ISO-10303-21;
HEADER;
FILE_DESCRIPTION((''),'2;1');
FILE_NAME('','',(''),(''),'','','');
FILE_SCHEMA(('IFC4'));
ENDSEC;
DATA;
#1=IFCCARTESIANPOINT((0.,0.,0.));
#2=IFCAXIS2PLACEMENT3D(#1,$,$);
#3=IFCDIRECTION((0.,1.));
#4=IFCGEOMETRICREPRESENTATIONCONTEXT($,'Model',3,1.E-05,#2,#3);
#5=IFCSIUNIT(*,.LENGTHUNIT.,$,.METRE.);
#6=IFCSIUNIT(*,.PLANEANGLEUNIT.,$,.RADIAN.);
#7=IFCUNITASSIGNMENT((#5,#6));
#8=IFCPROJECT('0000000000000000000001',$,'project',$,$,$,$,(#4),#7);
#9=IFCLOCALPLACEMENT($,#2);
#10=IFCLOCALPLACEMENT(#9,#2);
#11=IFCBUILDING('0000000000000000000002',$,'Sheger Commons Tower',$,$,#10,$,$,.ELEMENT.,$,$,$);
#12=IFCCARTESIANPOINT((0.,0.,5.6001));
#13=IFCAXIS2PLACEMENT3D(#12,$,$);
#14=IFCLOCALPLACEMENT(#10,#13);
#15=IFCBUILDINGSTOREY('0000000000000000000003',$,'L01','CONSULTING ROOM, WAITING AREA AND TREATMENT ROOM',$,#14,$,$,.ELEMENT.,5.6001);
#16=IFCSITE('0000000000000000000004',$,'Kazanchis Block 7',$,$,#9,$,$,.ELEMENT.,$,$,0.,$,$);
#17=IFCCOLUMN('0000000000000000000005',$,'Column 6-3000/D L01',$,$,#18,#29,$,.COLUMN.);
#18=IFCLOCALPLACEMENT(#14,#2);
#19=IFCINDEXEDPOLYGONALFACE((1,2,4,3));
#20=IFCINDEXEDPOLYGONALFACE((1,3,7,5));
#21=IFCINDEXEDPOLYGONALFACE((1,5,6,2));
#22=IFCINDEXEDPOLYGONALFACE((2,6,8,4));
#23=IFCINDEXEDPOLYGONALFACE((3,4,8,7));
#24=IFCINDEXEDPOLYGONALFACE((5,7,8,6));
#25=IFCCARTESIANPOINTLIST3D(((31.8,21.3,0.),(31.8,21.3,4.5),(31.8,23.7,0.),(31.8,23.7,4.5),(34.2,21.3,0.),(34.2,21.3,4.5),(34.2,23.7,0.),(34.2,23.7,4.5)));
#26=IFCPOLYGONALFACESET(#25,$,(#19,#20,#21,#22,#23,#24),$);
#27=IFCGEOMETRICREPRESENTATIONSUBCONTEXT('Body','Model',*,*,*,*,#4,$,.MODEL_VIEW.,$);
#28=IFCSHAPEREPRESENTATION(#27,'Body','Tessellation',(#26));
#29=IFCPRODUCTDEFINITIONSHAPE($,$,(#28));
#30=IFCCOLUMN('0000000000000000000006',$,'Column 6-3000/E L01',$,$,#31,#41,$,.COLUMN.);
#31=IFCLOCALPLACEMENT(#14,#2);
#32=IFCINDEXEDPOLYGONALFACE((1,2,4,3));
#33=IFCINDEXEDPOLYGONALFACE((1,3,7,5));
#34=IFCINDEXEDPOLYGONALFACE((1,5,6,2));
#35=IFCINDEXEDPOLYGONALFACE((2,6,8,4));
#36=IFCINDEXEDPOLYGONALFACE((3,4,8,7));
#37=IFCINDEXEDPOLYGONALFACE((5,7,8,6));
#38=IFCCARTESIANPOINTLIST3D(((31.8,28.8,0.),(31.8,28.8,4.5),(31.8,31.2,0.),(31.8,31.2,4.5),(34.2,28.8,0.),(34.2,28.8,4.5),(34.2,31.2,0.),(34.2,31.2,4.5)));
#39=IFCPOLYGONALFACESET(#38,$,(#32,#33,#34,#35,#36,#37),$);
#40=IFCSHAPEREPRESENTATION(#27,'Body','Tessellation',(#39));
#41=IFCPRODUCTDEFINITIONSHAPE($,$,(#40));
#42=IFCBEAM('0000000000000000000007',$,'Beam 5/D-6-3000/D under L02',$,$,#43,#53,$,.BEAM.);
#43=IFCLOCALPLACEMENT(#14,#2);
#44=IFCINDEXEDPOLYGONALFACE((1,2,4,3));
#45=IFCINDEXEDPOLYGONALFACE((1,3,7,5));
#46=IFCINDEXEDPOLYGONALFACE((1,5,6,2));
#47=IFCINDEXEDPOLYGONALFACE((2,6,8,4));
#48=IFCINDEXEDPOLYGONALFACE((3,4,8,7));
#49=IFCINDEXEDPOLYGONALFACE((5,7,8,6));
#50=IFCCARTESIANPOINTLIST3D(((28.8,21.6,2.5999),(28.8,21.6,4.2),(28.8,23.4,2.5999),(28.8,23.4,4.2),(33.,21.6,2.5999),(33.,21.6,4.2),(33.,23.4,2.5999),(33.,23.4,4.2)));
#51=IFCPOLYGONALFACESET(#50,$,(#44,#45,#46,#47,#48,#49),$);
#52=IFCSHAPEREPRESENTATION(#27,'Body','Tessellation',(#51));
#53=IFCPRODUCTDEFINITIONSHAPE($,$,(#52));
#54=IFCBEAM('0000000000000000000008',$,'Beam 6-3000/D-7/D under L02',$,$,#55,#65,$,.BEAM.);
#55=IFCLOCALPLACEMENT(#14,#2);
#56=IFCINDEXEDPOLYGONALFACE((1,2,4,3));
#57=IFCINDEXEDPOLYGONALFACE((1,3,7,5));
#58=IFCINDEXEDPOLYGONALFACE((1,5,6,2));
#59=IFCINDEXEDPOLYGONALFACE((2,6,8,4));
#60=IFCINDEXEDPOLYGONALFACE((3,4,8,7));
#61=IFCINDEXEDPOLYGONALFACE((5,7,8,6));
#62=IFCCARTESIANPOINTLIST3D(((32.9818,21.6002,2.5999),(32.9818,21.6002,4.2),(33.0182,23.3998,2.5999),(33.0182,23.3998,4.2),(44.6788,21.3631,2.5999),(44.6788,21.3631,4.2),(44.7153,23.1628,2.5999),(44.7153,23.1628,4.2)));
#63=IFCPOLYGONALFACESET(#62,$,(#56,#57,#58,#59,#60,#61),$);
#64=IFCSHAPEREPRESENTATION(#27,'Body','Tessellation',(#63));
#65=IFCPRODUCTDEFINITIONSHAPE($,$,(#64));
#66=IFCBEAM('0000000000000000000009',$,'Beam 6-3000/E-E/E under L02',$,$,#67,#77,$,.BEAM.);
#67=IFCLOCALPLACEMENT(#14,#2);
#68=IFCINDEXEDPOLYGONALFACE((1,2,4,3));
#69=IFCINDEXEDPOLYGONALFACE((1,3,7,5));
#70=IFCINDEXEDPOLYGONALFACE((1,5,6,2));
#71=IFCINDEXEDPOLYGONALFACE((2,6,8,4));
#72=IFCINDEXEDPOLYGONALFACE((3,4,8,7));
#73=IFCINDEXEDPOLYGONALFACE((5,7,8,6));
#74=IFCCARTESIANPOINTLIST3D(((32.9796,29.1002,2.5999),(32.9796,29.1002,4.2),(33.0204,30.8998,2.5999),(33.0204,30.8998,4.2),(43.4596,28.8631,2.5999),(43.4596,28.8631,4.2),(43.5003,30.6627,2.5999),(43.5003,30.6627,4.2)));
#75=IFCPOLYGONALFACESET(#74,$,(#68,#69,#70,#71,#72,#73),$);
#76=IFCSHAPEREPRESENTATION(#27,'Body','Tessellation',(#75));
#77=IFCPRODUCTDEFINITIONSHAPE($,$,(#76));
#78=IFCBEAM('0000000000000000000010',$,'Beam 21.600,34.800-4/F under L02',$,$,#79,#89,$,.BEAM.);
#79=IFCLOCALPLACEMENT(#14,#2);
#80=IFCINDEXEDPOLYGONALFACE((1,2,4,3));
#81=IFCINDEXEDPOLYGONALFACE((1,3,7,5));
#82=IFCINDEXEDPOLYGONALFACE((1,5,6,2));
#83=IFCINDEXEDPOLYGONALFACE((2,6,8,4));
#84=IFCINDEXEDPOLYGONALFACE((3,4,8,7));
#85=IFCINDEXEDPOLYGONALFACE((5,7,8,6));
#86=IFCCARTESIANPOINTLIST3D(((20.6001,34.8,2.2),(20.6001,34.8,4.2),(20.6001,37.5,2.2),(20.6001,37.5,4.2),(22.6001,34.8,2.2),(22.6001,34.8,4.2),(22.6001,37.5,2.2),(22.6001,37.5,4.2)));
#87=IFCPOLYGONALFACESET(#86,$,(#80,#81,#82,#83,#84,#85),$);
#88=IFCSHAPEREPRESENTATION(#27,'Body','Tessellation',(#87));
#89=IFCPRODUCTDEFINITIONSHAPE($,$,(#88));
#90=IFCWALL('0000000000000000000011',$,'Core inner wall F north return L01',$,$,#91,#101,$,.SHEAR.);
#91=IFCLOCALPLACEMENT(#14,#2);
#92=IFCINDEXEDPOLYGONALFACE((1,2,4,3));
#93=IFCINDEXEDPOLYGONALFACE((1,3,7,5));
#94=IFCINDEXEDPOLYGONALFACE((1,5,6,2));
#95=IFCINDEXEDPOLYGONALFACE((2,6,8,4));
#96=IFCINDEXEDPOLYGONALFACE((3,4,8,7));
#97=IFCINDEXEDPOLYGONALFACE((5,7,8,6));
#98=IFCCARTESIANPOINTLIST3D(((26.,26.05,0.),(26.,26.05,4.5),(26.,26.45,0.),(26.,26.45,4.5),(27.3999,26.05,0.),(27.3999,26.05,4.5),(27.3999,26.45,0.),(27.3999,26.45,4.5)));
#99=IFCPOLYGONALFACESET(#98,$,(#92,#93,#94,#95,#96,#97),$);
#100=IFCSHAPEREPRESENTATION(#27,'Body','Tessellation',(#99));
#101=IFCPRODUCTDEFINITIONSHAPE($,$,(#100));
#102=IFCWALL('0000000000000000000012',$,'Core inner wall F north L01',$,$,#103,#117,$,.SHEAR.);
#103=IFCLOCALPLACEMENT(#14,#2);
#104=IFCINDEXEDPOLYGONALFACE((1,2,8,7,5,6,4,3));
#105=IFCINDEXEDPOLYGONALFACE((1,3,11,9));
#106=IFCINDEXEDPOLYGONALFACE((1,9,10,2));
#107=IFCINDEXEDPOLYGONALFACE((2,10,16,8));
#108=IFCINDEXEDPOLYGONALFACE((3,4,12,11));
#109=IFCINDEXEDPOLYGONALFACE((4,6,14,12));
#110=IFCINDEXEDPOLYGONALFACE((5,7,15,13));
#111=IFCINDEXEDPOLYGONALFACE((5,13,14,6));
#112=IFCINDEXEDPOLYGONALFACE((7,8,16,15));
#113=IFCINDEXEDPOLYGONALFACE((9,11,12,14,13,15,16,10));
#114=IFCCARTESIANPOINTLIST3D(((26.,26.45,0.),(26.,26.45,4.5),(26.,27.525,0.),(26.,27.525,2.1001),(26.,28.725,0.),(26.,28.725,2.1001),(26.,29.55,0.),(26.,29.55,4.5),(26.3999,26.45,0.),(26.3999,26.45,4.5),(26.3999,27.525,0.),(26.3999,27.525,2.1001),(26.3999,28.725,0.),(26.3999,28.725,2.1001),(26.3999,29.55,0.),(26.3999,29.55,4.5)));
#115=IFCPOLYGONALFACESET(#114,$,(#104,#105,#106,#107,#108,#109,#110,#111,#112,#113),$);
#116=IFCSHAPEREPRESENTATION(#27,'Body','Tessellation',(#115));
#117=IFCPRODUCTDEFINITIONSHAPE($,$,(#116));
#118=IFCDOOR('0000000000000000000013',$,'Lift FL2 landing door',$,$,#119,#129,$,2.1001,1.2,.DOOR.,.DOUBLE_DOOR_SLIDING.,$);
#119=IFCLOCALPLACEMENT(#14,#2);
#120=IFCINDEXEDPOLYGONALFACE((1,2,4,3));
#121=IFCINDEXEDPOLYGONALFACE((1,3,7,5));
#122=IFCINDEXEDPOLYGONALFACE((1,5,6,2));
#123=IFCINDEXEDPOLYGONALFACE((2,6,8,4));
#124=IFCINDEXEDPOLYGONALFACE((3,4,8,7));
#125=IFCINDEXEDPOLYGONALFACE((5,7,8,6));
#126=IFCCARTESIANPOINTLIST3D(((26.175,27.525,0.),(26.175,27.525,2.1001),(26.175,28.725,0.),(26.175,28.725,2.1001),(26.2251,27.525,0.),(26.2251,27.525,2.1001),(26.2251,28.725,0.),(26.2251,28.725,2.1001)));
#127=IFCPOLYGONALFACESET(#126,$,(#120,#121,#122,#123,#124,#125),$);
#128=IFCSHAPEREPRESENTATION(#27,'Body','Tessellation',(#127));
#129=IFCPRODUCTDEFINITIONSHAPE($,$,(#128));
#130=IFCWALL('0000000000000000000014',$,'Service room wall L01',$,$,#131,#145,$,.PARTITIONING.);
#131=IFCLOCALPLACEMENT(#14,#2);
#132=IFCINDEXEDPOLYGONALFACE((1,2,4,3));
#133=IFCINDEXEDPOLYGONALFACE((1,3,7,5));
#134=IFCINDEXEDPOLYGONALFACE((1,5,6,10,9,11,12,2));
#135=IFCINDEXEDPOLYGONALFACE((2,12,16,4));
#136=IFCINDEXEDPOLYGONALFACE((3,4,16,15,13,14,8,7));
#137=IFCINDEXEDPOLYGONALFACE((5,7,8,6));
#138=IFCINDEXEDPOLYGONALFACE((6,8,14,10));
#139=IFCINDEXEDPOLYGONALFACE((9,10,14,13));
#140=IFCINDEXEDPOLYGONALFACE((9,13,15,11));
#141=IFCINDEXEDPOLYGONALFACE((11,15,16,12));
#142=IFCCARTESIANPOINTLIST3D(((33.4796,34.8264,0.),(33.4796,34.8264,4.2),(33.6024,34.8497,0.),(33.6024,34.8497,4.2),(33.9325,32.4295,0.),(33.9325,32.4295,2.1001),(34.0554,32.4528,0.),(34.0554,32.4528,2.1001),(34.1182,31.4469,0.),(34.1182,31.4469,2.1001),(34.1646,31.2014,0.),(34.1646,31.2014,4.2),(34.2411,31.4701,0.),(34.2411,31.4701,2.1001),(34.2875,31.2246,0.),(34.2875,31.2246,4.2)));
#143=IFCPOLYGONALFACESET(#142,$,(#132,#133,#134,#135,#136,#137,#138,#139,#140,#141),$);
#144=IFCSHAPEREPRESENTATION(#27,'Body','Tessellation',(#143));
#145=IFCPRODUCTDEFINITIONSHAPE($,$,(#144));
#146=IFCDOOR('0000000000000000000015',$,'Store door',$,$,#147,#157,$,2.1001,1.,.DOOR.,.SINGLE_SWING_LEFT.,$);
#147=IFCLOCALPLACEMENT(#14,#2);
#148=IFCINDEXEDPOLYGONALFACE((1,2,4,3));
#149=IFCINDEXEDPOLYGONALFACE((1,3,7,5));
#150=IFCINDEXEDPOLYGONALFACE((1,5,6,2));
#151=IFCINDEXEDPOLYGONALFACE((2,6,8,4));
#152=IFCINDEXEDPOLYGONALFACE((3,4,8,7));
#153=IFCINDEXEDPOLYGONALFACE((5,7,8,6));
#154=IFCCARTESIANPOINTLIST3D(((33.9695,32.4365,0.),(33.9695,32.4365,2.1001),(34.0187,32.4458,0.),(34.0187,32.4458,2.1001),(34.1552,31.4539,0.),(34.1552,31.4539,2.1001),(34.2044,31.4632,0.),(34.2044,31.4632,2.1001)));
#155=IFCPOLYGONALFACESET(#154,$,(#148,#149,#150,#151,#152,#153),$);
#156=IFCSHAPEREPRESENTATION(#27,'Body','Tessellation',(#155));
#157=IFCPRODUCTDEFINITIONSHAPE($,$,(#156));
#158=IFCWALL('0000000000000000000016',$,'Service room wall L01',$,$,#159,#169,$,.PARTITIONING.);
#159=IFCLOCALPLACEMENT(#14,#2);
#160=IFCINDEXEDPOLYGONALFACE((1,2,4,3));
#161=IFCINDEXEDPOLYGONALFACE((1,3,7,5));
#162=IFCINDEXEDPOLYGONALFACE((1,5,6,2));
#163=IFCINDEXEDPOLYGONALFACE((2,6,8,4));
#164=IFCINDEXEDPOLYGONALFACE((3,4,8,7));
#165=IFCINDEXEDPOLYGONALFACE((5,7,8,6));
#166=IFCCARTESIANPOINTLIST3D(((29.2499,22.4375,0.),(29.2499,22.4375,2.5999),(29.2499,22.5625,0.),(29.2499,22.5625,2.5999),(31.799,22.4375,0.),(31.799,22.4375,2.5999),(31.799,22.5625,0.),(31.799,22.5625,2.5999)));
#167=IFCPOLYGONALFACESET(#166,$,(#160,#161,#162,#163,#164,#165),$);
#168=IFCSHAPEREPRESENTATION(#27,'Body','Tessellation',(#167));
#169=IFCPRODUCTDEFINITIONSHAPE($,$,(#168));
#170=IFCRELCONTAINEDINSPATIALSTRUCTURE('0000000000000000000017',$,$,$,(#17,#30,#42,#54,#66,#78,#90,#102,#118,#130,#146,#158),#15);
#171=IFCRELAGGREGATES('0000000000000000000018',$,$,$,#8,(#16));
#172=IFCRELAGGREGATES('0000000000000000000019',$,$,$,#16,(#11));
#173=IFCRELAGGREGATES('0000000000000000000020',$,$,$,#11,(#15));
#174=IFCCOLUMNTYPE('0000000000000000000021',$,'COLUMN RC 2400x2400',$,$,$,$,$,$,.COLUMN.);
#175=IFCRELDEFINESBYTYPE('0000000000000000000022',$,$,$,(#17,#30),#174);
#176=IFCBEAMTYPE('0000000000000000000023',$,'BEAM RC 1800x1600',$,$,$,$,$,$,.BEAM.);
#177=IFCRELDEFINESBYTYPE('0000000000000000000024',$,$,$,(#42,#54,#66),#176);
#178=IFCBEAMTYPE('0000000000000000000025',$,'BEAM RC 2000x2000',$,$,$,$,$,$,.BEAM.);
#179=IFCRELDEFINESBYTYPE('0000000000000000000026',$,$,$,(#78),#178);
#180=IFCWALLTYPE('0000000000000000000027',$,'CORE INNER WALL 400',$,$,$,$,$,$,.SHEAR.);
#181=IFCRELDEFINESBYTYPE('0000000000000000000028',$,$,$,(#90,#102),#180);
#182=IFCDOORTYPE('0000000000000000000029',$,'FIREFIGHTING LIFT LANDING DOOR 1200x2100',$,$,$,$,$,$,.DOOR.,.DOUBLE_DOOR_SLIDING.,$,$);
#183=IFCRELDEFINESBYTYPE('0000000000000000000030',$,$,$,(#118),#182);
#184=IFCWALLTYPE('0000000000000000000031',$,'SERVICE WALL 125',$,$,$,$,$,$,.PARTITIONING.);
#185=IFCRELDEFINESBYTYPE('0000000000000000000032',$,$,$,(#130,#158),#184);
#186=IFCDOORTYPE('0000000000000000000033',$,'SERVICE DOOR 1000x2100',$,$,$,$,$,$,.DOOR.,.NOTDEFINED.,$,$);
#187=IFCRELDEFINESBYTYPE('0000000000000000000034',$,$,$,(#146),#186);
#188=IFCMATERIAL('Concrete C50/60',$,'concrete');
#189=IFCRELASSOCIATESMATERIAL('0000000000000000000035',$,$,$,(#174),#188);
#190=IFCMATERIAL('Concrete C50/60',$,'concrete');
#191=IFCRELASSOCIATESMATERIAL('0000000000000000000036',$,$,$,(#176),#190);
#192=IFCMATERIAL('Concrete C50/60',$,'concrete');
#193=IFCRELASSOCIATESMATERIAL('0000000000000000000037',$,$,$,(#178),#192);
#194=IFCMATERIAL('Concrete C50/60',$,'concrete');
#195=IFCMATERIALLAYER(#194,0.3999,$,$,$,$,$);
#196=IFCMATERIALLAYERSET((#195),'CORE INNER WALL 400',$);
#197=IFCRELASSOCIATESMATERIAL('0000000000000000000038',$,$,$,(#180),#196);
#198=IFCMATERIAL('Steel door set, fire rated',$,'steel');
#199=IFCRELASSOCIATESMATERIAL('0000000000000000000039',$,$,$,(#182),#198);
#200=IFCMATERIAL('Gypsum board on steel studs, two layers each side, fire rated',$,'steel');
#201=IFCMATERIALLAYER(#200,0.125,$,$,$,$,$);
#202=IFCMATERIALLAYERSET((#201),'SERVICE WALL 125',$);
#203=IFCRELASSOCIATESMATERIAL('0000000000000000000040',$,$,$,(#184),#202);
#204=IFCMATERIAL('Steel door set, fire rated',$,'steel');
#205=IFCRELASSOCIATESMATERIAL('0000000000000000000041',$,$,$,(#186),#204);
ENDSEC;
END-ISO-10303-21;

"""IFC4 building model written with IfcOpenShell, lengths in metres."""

from ifc_helpers import new_model, si_unit, direction, frame, frame_2d, origin, origin_2d, place, context, subcontext, project, spatial, rectangle, extrude, material, layer, layer_set, material_profile, profile_set, type_object, element, fill, save


model = new_model("IFC4")

# Units and contexts
model_context = context("Model", 3, precision=1e-05, world=origin(), true_north=direction((0.0, 1.0)))
body_context = subcontext(model_context, "Body", "Model", "MODEL_VIEW")
ifc_project = project(units=[si_unit("LENGTHUNIT", "METRE"), si_unit("PLANEANGLEUNIT", "RADIAN")], contexts=[model_context])

# Site, building, storey
site_placement = place(None, origin())
site = spatial("IfcSite", under=ifc_project, at=site_placement, Name="Kazanchis Block 7", CompositionType="ELEMENT", RefElevation=0.0)
building_placement = place(site_placement, origin())
building = spatial("IfcBuilding", under=site, at=building_placement, Name="Sheger Commons Tower", CompositionType="ELEMENT")
storey_placement = place(building_placement, frame((0.0, 0.0, 5.6001)))
storey = spatial("IfcBuildingStorey", under=building, at=storey_placement, Name="L01", Description="CONSULTING ROOM, WAITING AREA AND TREATMENT ROOM", CompositionType="ELEMENT", Elevation=5.6001)

# Columns
ifc_material_1 = material(Name="Concrete C50/60", Category="concrete")
ifc_material_profile_1 = material_profile(ifc_material_1, rectangle(XDim=2.3999, YDim=2.3999, at=origin_2d()), Name="RC 2400x2400")
ifc_profile_set_1 = profile_set([ifc_material_profile_1], Name="Concrete C50/60")
column_type = type_object("IfcColumnType", Name="COLUMN RC 2400x2400", PredefinedType="COLUMN", material=ifc_profile_set_1)
for number, where, z_axis, x_axis, name in (
    (1, (33.0, 22.5, 0.0), (0.0, 0.0, 1.0), (1.0, 0.0, 0.0), "Column 6-3000/D L01"),
    (2, (33.0, 30.0, 0.0), (0.0, 0.0, 1.0), (1.0, 0.0, 0.0), "Column 6-3000/E L01"),
):
    element("IfcColumn", number, at=place(storey_placement, frame(where, z_axis=z_axis, x_axis=x_axis)), inside=storey, type_object=column_type, Name=name, PredefinedType="COLUMN", context=body_context, shape_type="SweptSolid", body=[
        extrude(rectangle(XDim=2.3999, YDim=2.3999, at=origin_2d()), origin(), (0.0, 0.0, 1.0), 4.5),
    ])

# Beams
ifc_material_2 = material(Name="Concrete C50/60", Category="concrete")
ifc_material_profile_2 = material_profile(ifc_material_2, rectangle(XDim=1.8, YDim=1.6001, at=origin_2d()), Name="RC 1800x1600")
ifc_profile_set_2 = profile_set([ifc_material_profile_2], Name="Concrete C50/60")
beam_type_1 = type_object("IfcBeamType", Name="BEAM RC 1800x1600", PredefinedType="BEAM", material=ifc_profile_set_2)
beam_1_placement = place(storey_placement, frame((28.8, 22.5, 3.3999), z_axis=(1.0, 0.0, 0.0), x_axis=(0.0, 1.0, 0.0)))
element("IfcBeam", 3, at=beam_1_placement, inside=storey, type_object=beam_type_1, Name="Beam 5/D-6-3000/D under L02", PredefinedType="BEAM", context=body_context, shape_type="SweptSolid", body=[
    extrude(rectangle(XDim=1.8, YDim=1.6001, at=origin_2d()), origin(), (0.0, 0.0, 1.0), 4.2),
])
beam_2_placement = place(storey_placement, frame((33.0, 22.5, 3.3999), z_axis=(0.999795, -0.020263, 0.0), x_axis=(0.020263, 0.999795, 0.0)))
element("IfcBeam", 4, at=beam_2_placement, inside=storey, type_object=beam_type_1, Name="Beam 6-3000/D-7/D under L02", PredefinedType="BEAM", context=body_context, shape_type="SweptSolid", body=[
    extrude(rectangle(XDim=1.8, YDim=1.6001, at=origin_2d()), origin(), (0.0, 0.0, 1.0), 11.6995),
])
beam_3_placement = place(storey_placement, frame((33.0, 30.0, 3.3999), z_axis=(0.999744, -0.022615, 0.0), x_axis=(0.022615, 0.999744, 0.0)))
element("IfcBeam", 5, at=beam_3_placement, inside=storey, type_object=beam_type_1, Name="Beam 6-3000/E-E/E under L02", PredefinedType="BEAM", context=body_context, shape_type="SweptSolid", body=[
    extrude(rectangle(XDim=1.8, YDim=1.6001, at=origin_2d()), origin(), (0.0, 0.0, 1.0), 10.4827),
])
ifc_material_3 = material(Name="Concrete C50/60", Category="concrete")
ifc_material_profile_3 = material_profile(ifc_material_3, rectangle(XDim=2.0, YDim=2.0, at=origin_2d()), Name="RC 2000x2000")
ifc_profile_set_3 = profile_set([ifc_material_profile_3], Name="Concrete C50/60")
beam_type_2 = type_object("IfcBeamType", Name="BEAM RC 2000x2000", PredefinedType="BEAM", material=ifc_profile_set_3)
beam_4_placement = place(storey_placement, frame((21.6001, 34.8, 3.2), z_axis=(0.0, 1.0, 0.0), x_axis=(-1.0, 0.0, 0.0)))
element("IfcBeam", 6, at=beam_4_placement, inside=storey, type_object=beam_type_2, Name="Beam 21.600,34.800-4/F under L02", PredefinedType="BEAM", context=body_context, shape_type="SweptSolid", body=[
    extrude(rectangle(XDim=2.0, YDim=2.0, at=origin_2d()), origin(), (0.0, 0.0, 1.0), 2.7),
])

# Wall
ifc_material_4 = material(Name="Concrete C50/60", Category="concrete")
ifc_layer_1 = layer(ifc_material_4, 0.3999)
ifc_layer_set_1 = layer_set([ifc_layer_1], Name="CORE INNER WALL 400")
wall_type_1 = type_object("IfcWallType", Name="CORE INNER WALL 400", PredefinedType="SHEAR", material=ifc_layer_set_1)
wall_1_placement = place(storey_placement, frame((26.0, 26.25, 0.0), z_axis=(0.0, 0.0, 1.0), x_axis=(1.0, 0.0, 0.0)))
element("IfcWall", 7, at=wall_1_placement, inside=storey, type_object=wall_type_1, Name="Core inner wall F north return L01", PredefinedType="SHEAR", context=body_context, shape_type="SweptSolid", body=[
    extrude(rectangle(XDim=1.3999, YDim=0.3999, at=frame_2d((0.7, 0.0))), origin(), (0.0, 0.0, 1.0), 4.5),
])

# Walls, openings, doors
wall_2_placement = place(storey_placement, frame((26.2, 26.45, 0.0), z_axis=(0.0, 0.0, 1.0), x_axis=(0.0, 1.0, 0.0)))
wall_2 = element("IfcWall", 8, at=wall_2_placement, inside=storey, type_object=wall_type_1, Name="Core inner wall F north L01", PredefinedType="SHEAR", context=body_context, shape_type="SweptSolid", body=[
    extrude(rectangle(XDim=3.1001, YDim=0.3999, at=frame_2d((1.55, 0.0))), origin(), (0.0, 0.0, 1.0), 4.5),
])
opening_1_placement = place(wall_2_placement, frame((1.075, 0.0, 0.0)))
opening_1 = element("IfcOpeningElement", 9, at=opening_1_placement, cuts=wall_2, PredefinedType="OPENING", context=body_context, shape_type="SweptSolid", body=[
    extrude(rectangle(XDim=1.2, YDim=2.1001, at=frame_2d((0.6001, 1.05))), frame((0.0, 0.21, 0.0), z_axis=(0.0, -1.0, 0.0), x_axis=(1.0, 0.0, 0.0)), (0.0, 0.0, 1.0), 0.4199),
])
ifc_material_5 = material(Name="Steel door set, fire rated", Category="steel")
door_type_1 = type_object("IfcDoorType", Name="FIREFIGHTING LIFT LANDING DOOR 1200x2100", OperationType="DOUBLE_DOOR_SLIDING", PredefinedType="DOOR", material=ifc_material_5)
door_1_placement = place(opening_1_placement, origin())
door_1 = element("IfcDoor", 10, at=door_1_placement, inside=storey, type_object=door_type_1, Name="Lift FL2 landing door", OperationType="DOUBLE_DOOR_SLIDING", OverallHeight=2.1001, OverallWidth=1.2, PredefinedType="DOOR", context=body_context, shape_type="SweptSolid", body=[
    extrude(rectangle(XDim=1.2, YDim=2.1001, at=frame_2d((0.6001, 1.05))), frame((0.0, 0.0249, 0.0), z_axis=(0.0, -1.0, 0.0), x_axis=(1.0, 0.0, 0.0)), (0.0, 0.0, 1.0), 0.05),
])
fill(opening_1, door_1)
ifc_material_6 = material(Name="Gypsum board on steel studs, two layers each side, fire rated", Category="steel")
ifc_layer_2 = layer(ifc_material_6, 0.125)
ifc_layer_set_2 = layer_set([ifc_layer_2], Name="SERVICE WALL 125")
wall_type_2 = type_object("IfcWallType", Name="SERVICE WALL 125", PredefinedType="PARTITIONING", material=ifc_layer_set_2)
wall_3_placement = place(storey_placement, frame((34.2261, 31.2129, 0.0), z_axis=(0.0, 0.0, 1.0), x_axis=(-0.185695, 0.982607, 0.0)))
wall_3 = element("IfcWall", 11, at=wall_3_placement, inside=storey, type_object=wall_type_2, Name="Service room wall L01", PredefinedType="PARTITIONING", context=body_context, shape_type="SweptSolid", body=[
    extrude(rectangle(XDim=3.6892, YDim=0.125, at=frame_2d((1.8447, 0.0))), origin(), (0.0, 0.0, 1.0), 4.2),
])
opening_2_placement = place(wall_3_placement, frame((0.25, 0.0, 0.0)))
opening_2 = element("IfcOpeningElement", 12, at=opening_2_placement, cuts=wall_3, PredefinedType="OPENING", context=body_context, shape_type="SweptSolid", body=[
    extrude(rectangle(XDim=1.0, YDim=2.1001, at=frame_2d((0.5, 1.05))), frame((0.0, 0.0725, 0.0), z_axis=(0.0, -1.0, 0.0), x_axis=(1.0, 0.0, 0.0)), (0.0, 0.0, 1.0), 0.145),
])
ifc_material_7 = material(Name="Steel door set, fire rated", Category="steel")
door_type_2 = type_object("IfcDoorType", Name="SERVICE DOOR 1000x2100", OperationType="NOTDEFINED", PredefinedType="DOOR", material=ifc_material_7)
door_2_placement = place(opening_2_placement, origin())
door_2 = element("IfcDoor", 13, at=door_2_placement, inside=storey, type_object=door_type_2, Name="Store door", OperationType="SINGLE_SWING_LEFT", OverallHeight=2.1001, OverallWidth=1.0, PredefinedType="DOOR", context=body_context, shape_type="SweptSolid", body=[
    extrude(rectangle(XDim=1.0, YDim=2.1001, at=frame_2d((0.5, 1.05))), frame((0.0, 0.0249, 0.0), z_axis=(0.0, -1.0, 0.0), x_axis=(1.0, 0.0, 0.0)), (0.0, 0.0, 1.0), 0.05),
])
fill(opening_2, door_2)

# Wall
wall_4_placement = place(storey_placement, frame((29.25, 22.5, 0.0), z_axis=(0.0, 0.0, 1.0), x_axis=(1.0, 0.0, 0.0)))
element("IfcWall", 14, at=wall_4_placement, inside=storey, type_object=wall_type_2, Name="Service room wall L01", PredefinedType="PARTITIONING", context=body_context, shape_type="SweptSolid", body=[
    extrude(rectangle(XDim=2.5491, YDim=0.125, at=frame_2d((1.2744, 0.0))), origin(), (0.0, 0.0, 1.0), 2.5999),
])

save(model, "model.ifc")
